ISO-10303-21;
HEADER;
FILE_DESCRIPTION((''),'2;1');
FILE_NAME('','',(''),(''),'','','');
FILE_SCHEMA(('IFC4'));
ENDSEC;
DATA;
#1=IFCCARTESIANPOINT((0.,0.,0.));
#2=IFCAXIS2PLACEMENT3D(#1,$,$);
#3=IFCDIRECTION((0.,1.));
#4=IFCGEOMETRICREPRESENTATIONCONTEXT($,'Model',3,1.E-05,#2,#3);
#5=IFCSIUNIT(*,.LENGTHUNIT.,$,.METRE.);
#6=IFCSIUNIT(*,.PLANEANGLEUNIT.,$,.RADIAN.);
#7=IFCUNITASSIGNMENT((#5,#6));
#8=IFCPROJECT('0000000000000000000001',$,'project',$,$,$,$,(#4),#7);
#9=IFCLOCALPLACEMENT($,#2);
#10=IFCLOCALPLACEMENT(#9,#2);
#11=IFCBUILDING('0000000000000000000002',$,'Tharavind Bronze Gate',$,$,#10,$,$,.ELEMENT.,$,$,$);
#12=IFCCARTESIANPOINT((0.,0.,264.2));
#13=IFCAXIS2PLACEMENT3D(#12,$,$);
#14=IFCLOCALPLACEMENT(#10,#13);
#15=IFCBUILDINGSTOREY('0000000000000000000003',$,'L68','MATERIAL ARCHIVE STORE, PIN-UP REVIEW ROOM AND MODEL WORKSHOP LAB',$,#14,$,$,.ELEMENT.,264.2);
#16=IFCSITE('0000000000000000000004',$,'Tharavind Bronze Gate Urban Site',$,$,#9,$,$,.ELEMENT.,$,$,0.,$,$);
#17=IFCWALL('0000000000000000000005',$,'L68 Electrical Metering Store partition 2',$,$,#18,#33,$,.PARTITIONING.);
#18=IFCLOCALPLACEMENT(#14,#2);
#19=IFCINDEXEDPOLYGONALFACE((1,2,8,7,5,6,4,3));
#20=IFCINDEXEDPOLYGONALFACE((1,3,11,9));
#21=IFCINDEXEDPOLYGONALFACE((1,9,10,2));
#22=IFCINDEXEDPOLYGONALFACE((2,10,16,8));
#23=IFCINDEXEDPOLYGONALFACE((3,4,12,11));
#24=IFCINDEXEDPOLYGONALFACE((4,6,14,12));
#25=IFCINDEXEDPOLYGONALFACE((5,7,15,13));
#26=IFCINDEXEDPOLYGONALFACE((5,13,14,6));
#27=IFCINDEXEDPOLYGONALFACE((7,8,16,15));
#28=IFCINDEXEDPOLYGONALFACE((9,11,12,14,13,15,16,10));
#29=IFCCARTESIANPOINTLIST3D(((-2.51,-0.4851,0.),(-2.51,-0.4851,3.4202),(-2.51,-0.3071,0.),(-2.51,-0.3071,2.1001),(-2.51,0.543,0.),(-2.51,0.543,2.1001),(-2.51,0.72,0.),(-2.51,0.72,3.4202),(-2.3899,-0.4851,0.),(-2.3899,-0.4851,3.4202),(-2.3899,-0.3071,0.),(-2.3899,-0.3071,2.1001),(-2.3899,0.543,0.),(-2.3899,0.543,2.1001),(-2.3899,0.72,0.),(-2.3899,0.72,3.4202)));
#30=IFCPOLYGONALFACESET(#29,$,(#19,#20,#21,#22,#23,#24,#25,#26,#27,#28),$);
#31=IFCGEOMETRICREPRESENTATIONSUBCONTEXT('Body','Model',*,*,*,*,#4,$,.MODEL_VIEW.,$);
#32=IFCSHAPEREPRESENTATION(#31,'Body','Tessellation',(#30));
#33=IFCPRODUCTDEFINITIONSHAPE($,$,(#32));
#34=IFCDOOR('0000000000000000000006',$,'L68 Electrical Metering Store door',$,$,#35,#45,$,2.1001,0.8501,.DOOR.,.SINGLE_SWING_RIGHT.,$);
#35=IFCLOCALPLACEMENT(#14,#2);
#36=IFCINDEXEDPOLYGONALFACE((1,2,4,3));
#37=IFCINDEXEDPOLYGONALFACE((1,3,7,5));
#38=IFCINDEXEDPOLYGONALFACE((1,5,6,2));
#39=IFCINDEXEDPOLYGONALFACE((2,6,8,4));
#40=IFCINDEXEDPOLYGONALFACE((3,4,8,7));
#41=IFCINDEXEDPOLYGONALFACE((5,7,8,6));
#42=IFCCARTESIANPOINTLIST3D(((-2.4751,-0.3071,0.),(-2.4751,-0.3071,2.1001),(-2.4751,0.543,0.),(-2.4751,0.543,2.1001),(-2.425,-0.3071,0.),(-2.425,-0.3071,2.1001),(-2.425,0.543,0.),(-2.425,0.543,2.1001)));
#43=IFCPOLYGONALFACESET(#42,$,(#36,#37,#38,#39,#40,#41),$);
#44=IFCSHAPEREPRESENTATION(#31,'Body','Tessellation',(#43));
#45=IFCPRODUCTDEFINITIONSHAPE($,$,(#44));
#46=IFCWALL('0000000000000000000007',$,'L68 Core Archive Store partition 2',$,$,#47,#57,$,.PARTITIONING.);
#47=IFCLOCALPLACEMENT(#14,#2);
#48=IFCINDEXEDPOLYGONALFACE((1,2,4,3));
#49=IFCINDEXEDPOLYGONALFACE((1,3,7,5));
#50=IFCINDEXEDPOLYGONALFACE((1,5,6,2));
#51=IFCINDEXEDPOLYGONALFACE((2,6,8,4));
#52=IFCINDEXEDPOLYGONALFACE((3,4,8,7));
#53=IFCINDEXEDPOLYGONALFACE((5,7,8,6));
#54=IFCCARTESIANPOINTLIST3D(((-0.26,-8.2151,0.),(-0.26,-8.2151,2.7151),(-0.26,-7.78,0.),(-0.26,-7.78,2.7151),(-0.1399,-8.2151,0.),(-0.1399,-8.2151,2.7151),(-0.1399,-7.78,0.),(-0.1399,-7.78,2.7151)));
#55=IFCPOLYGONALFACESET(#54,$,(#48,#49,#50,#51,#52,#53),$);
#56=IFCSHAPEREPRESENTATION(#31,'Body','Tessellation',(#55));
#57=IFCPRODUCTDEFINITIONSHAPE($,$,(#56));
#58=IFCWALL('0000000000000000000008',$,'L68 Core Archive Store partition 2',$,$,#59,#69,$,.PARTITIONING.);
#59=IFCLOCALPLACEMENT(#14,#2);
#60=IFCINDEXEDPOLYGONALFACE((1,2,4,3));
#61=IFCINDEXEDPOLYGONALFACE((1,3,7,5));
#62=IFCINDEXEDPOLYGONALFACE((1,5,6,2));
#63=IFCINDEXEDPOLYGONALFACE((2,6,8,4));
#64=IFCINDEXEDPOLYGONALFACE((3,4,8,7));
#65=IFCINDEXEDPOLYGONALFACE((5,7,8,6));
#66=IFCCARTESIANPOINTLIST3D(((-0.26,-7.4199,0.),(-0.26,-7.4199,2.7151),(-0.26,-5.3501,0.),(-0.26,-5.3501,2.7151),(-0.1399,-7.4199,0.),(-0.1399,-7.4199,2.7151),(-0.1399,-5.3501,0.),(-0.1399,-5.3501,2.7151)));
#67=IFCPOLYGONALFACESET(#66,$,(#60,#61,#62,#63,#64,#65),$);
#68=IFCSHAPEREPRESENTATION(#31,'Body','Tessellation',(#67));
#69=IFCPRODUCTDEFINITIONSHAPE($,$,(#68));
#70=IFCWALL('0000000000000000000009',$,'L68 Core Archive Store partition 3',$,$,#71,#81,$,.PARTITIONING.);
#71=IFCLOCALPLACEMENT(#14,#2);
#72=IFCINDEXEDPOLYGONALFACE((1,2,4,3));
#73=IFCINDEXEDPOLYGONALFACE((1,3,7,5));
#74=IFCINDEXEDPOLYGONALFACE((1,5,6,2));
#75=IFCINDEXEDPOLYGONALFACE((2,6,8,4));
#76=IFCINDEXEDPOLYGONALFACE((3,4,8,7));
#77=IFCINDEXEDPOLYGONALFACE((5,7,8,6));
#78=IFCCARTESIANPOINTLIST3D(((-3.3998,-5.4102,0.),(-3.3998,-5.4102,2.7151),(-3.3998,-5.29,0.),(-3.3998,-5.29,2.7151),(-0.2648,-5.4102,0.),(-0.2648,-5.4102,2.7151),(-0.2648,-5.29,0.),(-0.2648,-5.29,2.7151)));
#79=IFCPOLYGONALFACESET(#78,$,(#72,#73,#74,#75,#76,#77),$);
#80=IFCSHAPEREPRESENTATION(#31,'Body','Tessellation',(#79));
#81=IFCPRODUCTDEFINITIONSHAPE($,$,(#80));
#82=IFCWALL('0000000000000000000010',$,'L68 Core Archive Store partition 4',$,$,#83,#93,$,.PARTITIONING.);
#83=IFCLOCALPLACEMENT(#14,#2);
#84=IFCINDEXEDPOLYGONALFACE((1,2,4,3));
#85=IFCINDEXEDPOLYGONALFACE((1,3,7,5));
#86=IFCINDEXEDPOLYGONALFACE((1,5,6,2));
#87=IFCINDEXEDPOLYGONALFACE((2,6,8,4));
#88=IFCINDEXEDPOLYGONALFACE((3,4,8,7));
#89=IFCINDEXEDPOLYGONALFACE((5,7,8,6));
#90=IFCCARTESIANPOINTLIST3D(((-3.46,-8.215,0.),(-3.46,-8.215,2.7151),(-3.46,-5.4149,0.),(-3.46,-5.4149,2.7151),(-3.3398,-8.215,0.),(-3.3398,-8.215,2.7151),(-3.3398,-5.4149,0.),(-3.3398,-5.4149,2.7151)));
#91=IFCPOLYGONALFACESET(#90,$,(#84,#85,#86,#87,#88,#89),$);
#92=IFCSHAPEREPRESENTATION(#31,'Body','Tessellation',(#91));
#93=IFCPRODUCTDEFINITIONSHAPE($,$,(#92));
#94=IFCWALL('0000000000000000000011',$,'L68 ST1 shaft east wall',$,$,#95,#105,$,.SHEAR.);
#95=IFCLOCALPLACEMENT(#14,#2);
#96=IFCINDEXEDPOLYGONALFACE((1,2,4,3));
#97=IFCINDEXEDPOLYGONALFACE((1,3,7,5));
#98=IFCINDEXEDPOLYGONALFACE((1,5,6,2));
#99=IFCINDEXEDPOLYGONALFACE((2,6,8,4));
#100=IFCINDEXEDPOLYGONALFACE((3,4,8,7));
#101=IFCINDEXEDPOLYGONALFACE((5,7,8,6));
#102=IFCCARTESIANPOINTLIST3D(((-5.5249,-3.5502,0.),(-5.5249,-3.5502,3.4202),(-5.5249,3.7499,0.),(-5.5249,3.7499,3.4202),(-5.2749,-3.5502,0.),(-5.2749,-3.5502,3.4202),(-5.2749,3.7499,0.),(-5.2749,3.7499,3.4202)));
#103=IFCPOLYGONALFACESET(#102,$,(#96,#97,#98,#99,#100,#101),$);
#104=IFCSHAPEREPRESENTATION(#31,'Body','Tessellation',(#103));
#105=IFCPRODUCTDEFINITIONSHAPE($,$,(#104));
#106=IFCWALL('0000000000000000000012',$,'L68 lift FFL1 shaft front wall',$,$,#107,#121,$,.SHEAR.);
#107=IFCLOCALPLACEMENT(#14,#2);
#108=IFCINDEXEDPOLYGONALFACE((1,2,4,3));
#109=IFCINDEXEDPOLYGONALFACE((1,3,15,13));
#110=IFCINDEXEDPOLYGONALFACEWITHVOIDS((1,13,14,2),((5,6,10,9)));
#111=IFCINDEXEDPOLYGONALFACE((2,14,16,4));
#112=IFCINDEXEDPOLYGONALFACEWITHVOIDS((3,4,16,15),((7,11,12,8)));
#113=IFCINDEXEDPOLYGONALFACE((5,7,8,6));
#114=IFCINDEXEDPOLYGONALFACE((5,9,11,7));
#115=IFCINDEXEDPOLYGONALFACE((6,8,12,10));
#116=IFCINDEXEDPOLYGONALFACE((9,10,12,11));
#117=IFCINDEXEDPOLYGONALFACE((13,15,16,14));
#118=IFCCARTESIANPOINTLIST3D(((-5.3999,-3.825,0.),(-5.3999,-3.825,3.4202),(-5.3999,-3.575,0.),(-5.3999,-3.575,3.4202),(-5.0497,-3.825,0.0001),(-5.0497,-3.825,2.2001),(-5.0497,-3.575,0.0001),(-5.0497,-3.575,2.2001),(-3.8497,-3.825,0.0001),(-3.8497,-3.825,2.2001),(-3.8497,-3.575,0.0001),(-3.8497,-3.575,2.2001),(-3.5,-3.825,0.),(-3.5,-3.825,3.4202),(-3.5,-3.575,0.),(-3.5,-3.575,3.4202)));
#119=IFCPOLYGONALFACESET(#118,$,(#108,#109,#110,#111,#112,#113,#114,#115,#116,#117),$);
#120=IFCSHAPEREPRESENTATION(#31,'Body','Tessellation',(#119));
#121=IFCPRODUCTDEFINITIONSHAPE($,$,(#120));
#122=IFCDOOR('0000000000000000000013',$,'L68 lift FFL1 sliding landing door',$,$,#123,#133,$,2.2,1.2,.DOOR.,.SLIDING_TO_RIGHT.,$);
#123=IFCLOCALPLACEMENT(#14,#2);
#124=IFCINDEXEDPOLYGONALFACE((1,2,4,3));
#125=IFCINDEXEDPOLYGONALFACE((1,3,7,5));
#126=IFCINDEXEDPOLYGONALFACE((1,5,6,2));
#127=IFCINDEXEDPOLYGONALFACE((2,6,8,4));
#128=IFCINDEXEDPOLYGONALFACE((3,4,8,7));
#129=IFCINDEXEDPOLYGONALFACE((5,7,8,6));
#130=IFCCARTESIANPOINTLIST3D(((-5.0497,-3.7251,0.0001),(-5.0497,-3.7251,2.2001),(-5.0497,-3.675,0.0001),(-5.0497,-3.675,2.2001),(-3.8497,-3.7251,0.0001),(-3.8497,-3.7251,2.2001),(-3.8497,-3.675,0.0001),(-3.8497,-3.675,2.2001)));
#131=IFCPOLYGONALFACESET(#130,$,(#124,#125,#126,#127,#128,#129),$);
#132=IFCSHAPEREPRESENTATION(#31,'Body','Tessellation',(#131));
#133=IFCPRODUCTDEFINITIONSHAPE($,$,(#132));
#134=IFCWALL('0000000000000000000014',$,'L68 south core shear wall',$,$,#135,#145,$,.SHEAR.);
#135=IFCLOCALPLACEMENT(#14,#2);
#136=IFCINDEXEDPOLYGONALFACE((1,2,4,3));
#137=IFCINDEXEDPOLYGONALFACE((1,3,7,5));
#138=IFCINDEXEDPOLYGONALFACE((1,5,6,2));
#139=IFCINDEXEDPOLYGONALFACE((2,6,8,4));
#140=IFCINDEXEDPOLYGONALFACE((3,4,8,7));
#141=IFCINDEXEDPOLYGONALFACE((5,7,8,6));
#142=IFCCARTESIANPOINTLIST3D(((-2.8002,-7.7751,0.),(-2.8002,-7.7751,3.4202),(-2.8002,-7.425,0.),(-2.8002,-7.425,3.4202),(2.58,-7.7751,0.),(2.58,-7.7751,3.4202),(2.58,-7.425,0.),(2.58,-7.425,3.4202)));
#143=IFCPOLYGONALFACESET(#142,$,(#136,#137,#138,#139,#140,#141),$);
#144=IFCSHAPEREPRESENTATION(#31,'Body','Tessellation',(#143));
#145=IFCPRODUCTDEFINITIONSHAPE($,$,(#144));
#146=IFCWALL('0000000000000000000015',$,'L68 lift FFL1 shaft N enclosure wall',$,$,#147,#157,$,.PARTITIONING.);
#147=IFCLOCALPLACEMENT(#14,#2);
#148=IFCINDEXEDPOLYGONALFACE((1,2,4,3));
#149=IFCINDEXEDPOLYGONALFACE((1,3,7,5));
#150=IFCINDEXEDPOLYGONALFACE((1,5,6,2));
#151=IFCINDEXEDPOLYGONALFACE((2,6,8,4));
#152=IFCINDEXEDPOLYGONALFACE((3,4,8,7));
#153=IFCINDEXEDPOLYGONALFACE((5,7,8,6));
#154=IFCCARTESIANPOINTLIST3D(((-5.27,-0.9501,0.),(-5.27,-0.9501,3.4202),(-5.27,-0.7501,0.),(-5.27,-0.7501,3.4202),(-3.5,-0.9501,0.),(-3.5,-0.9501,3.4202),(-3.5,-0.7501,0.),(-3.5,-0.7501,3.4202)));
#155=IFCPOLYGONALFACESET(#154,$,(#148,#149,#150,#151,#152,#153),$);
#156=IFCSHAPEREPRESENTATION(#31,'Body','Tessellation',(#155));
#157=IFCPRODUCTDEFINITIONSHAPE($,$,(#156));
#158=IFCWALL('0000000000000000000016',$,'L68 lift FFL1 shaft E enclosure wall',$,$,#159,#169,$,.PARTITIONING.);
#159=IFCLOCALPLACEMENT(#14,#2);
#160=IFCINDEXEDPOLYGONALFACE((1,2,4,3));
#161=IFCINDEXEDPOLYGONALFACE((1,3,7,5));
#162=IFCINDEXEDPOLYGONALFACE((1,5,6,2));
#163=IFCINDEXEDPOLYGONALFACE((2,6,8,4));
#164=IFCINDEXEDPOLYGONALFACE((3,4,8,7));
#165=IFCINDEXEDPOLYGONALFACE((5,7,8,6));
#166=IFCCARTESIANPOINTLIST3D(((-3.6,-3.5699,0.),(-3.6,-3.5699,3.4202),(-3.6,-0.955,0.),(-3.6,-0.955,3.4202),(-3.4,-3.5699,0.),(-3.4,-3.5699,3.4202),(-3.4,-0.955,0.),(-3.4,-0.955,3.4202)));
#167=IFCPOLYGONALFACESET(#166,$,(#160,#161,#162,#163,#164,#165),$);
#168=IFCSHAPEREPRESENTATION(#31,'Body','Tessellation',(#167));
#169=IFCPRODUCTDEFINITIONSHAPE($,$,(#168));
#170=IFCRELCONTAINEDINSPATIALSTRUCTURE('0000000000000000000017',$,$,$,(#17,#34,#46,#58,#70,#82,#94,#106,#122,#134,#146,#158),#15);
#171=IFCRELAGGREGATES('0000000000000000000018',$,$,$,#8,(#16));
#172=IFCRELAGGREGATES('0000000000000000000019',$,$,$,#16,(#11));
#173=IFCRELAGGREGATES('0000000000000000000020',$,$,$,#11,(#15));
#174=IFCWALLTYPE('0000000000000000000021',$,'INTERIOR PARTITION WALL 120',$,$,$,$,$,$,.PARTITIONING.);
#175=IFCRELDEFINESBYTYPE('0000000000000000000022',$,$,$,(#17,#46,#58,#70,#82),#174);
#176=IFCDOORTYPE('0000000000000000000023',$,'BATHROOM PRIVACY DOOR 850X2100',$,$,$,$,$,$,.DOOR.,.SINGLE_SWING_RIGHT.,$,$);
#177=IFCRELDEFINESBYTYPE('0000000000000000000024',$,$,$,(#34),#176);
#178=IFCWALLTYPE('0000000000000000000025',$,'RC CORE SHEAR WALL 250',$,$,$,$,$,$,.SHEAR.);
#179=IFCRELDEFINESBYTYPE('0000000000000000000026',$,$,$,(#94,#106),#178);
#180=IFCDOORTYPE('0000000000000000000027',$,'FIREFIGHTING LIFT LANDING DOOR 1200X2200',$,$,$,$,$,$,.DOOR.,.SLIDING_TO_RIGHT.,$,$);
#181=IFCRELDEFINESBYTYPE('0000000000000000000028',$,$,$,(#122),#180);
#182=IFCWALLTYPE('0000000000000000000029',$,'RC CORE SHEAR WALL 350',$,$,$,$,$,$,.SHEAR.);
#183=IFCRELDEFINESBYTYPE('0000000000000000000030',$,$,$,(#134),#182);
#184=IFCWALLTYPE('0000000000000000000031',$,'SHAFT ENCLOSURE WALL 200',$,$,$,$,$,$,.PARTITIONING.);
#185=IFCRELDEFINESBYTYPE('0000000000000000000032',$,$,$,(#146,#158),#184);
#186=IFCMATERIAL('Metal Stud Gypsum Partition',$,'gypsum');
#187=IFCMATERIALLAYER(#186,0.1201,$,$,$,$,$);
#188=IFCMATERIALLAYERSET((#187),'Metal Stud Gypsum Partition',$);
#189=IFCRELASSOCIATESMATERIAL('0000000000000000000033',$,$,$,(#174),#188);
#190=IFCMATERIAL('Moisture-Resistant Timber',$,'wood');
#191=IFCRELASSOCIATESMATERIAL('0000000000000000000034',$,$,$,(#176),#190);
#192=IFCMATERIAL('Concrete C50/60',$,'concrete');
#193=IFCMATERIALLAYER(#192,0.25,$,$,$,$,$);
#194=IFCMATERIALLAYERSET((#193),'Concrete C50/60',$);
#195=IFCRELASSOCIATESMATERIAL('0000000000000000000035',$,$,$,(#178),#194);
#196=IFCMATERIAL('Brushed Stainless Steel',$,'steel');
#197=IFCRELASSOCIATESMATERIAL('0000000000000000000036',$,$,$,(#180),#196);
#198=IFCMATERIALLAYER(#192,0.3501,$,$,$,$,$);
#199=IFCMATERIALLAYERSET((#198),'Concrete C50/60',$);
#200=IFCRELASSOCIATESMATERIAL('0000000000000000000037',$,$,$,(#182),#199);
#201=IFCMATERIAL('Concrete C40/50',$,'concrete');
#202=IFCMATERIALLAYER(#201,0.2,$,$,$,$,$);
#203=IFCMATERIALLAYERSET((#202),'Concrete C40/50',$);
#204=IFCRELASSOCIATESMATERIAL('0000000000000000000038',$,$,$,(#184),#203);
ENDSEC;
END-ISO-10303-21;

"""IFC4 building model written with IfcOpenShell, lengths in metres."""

from ifc_helpers import new_model, si_unit, direction, frame, frame_2d, origin, place, context, subcontext, project, spatial, rectangle, extrude, material, layer, layer_set, type_object, element, fill, save


model = new_model("IFC4")

# Units and contexts
model_context = context("Model", 3, precision=1e-05, world=origin(), true_north=direction((0.0, 1.0)))
body_context = subcontext(model_context, "Body", "Model", "MODEL_VIEW")
ifc_project = project(units=[si_unit("LENGTHUNIT", "METRE"), si_unit("PLANEANGLEUNIT", "RADIAN")], contexts=[model_context])

# Site, building, storey
site_placement = place(None, origin())
site = spatial("IfcSite", under=ifc_project, at=site_placement, Name="Tharavind Bronze Gate Urban Site", CompositionType="ELEMENT", RefElevation=0.0)
building_placement = place(site_placement, origin())
building = spatial("IfcBuilding", under=site, at=building_placement, Name="Tharavind Bronze Gate", CompositionType="ELEMENT")
storey_placement = place(building_placement, frame((0.0, 0.0, 264.2)))
storey = spatial("IfcBuildingStorey", under=building, at=storey_placement, Name="L68", Description="MATERIAL ARCHIVE STORE, PIN-UP REVIEW ROOM AND MODEL WORKSHOP LAB", CompositionType="ELEMENT", Elevation=264.2)

# Shared definitions
ifc_material_1 = material(Name="Concrete C50/60", Category="concrete")

# Shared definitions
ifc_material_2 = material(Name="Concrete C40/50", Category="concrete")

# Shared definitions
ifc_material_3 = material(Name="Metal Stud Gypsum Partition", Category="gypsum")
ifc_layer_1 = layer(ifc_material_3, 0.1201)
ifc_layer_set_1 = layer_set([ifc_layer_1], Name="Metal Stud Gypsum Partition")
wall_type_1 = type_object("IfcWallType", Name="INTERIOR PARTITION WALL 120", PredefinedType="PARTITIONING", material=ifc_layer_set_1)

# Wall, opening, door
wall_1_placement = place(storey_placement, frame((-2.45, -0.4851, 0.0), z_axis=(0.0, 0.0, 1.0), x_axis=(0.0, 1.0, 0.0)))
wall_1 = element("IfcWall", 1, at=wall_1_placement, inside=storey, type_object=wall_type_1, Name="L68 Electrical Metering Store partition 2", PredefinedType="PARTITIONING", context=body_context, shape_type="SweptSolid", body=[
    extrude(rectangle(XDim=1.2051, YDim=0.1201, at=frame_2d((0.6025, 0.0))), origin(), (0.0, 0.0, 1.0), 3.4202),
])
opening_1_placement = place(wall_1_placement, frame((0.178, 0.0, 0.0)))
opening_1 = element("IfcOpeningElement", 2, at=opening_1_placement, cuts=wall_1, PredefinedType="OPENING", context=body_context, shape_type="SweptSolid", body=[
    extrude(rectangle(XDim=0.8501, YDim=2.1001, at=frame_2d((0.425, 1.05))), frame((0.0, 0.0701, 0.0), z_axis=(0.0, -1.0, 0.0), x_axis=(1.0, 0.0, 0.0)), (0.0, 0.0, 1.0), 0.1401),
])
ifc_material_4 = material(Name="Moisture-Resistant Timber", Category="wood")
door_type_1 = type_object("IfcDoorType", Name="BATHROOM PRIVACY DOOR 850X2100", OperationType="SINGLE_SWING_RIGHT", PredefinedType="DOOR", material=ifc_material_4)
door_1_placement = place(opening_1_placement, frame((0.8501, 0.0, 0.0), z_axis=(0.0, 0.0, 1.0), x_axis=(-1.0, 0.0, 0.0)))
door_1 = element("IfcDoor", 3, at=door_1_placement, inside=storey, type_object=door_type_1, Name="L68 Electrical Metering Store door", OperationType="SINGLE_SWING_RIGHT", OverallHeight=2.1001, OverallWidth=0.8501, PredefinedType="DOOR", context=body_context, shape_type="SweptSolid", body=[
    extrude(rectangle(XDim=0.8501, YDim=2.1001, at=frame_2d((0.425, 1.05))), frame((0.0, 0.0249, 0.0), z_axis=(0.0, -1.0, 0.0), x_axis=(1.0, 0.0, 0.0)), (0.0, 0.0, 1.0), 0.05),
])
fill(opening_1, door_1)

# Walls
wall_2_placement = place(storey_placement, frame((-0.2, -8.2151, 0.0), z_axis=(0.0, 0.0, 1.0), x_axis=(0.0, 1.0, 0.0)))
element("IfcWall", 4, at=wall_2_placement, inside=storey, type_object=wall_type_1, Name="L68 Core Archive Store partition 2", PredefinedType="PARTITIONING", context=body_context, shape_type="SweptSolid", body=[
    extrude(rectangle(XDim=0.4351, YDim=0.1201, at=frame_2d((0.2175, 0.0))), origin(), (0.0, 0.0, 1.0), 2.7151),
])
wall_3_placement = place(storey_placement, frame((-0.2, -7.4199, 0.0), z_axis=(0.0, 0.0, 1.0), x_axis=(0.0, 1.0, 0.0)))
element("IfcWall", 5, at=wall_3_placement, inside=storey, type_object=wall_type_1, Name="L68 Core Archive Store partition 2", PredefinedType="PARTITIONING", context=body_context, shape_type="SweptSolid", body=[
    extrude(rectangle(XDim=2.0698, YDim=0.1201, at=frame_2d((1.0349, 0.0))), origin(), (0.0, 0.0, 1.0), 2.7151),
])
wall_4_placement = place(storey_placement, frame((-0.2649, -5.3501, 0.0), z_axis=(0.0, 0.0, 1.0), x_axis=(-1.0, 0.0, 0.0)))
element("IfcWall", 6, at=wall_4_placement, inside=storey, type_object=wall_type_1, Name="L68 Core Archive Store partition 3", PredefinedType="PARTITIONING", context=body_context, shape_type="SweptSolid", body=[
    extrude(rectangle(XDim=3.135, YDim=0.1201, at=frame_2d((1.5674, 0.0))), origin(), (0.0, 0.0, 1.0), 2.7151),
])
wall_5_placement = place(storey_placement, frame((-3.3999, -5.415, 0.0), z_axis=(0.0, 0.0, 1.0), x_axis=(0.0, -1.0, 0.0)))
element("IfcWall", 7, at=wall_5_placement, inside=storey, type_object=wall_type_1, Name="L68 Core Archive Store partition 4", PredefinedType="PARTITIONING", context=body_context, shape_type="SweptSolid", body=[
    extrude(rectangle(XDim=2.8, YDim=0.1201, at=frame_2d((1.3999, 0.0))), origin(), (0.0, 0.0, 1.0), 2.7151),
])
ifc_layer_2 = layer(ifc_material_1, 0.25)
ifc_layer_set_2 = layer_set([ifc_layer_2], Name="Concrete C50/60")
wall_type_2 = type_object("IfcWallType", Name="RC CORE SHEAR WALL 250", PredefinedType="SHEAR", material=ifc_layer_set_2)
wall_6_placement = place(storey_placement, frame((-5.3999, -3.55, 0.0), z_axis=(0.0, 0.0, 1.0), x_axis=(0.0, 1.0, 0.0)))
element("IfcWall", 8, at=wall_6_placement, inside=storey, type_object=wall_type_2, Name="L68 ST1 shaft east wall", PredefinedType="SHEAR", context=body_context, shape_type="SweptSolid", body=[
    extrude(rectangle(XDim=7.3, YDim=0.25, at=frame_2d((3.6499, 0.0))), origin(), (0.0, 0.0, 1.0), 3.4202),
])

# Wall, opening, door
wall_7_placement = place(storey_placement, frame((-5.3999, -3.7, 0.0), z_axis=(0.0, 0.0, 1.0), x_axis=(1.0, 0.0, 0.0)))
wall_7 = element("IfcWall", 9, at=wall_7_placement, inside=storey, type_object=wall_type_2, Name="L68 lift FFL1 shaft front wall", PredefinedType="SHEAR", context=body_context, shape_type="SweptSolid", body=[
    extrude(rectangle(XDim=1.8999, YDim=0.25, at=frame_2d((0.95, 0.0))), origin(), (0.0, 0.0, 1.0), 3.4202),
])
opening_2_placement = place(wall_7_placement, frame((0.3501, 0.0, 0.0)))
opening_2 = element("IfcOpeningElement", 10, at=opening_2_placement, cuts=wall_7, PredefinedType="OPENING", context=body_context, shape_type="SweptSolid", body=[
    extrude(rectangle(XDim=1.2, YDim=2.2, at=frame_2d((0.6001, 1.1001))), frame((0.0, 0.135, 0.0), z_axis=(0.0, -1.0, 0.0), x_axis=(1.0, 0.0, 0.0)), (0.0, 0.0, 1.0), 0.27),
])
ifc_material_5 = material(Name="Brushed Stainless Steel", Category="steel")
door_type_2 = type_object("IfcDoorType", Name="FIREFIGHTING LIFT LANDING DOOR 1200X2200", OperationType="SLIDING_TO_RIGHT", PredefinedType="DOOR", material=ifc_material_5)
door_2_placement = place(opening_2_placement, origin())
door_2 = element("IfcDoor", 11, at=door_2_placement, inside=storey, type_object=door_type_2, Name="L68 lift FFL1 sliding landing door", OperationType="SLIDING_TO_RIGHT", OverallHeight=2.2, OverallWidth=1.2, PredefinedType="DOOR", context=body_context, shape_type="SweptSolid", body=[
    extrude(rectangle(XDim=1.2, YDim=2.2, at=frame_2d((0.6001, 1.1001))), frame((0.0, 0.0249, 0.0), z_axis=(0.0, -1.0, 0.0), x_axis=(1.0, 0.0, 0.0)), (0.0, 0.0, 1.0), 0.05),
])
fill(opening_2, door_2)

# Walls
ifc_layer_3 = layer(ifc_material_1, 0.3501)
ifc_layer_set_3 = layer_set([ifc_layer_3], Name="Concrete C50/60")
wall_type_3 = type_object("IfcWallType", Name="RC CORE SHEAR WALL 350", PredefinedType="SHEAR", material=ifc_layer_set_3)
wall_8_placement = place(storey_placement, frame((-2.8, -7.6001, 0.0), z_axis=(0.0, 0.0, 1.0), x_axis=(1.0, 0.0, 0.0)))
element("IfcWall", 12, at=wall_8_placement, inside=storey, type_object=wall_type_3, Name="L68 south core shear wall", PredefinedType="SHEAR", context=body_context, shape_type="SweptSolid", body=[
    extrude(rectangle(XDim=5.3801, YDim=0.3501, at=frame_2d((2.6899, 0.0))), origin(), (0.0, 0.0, 1.0), 3.4202),
])
ifc_layer_4 = layer(ifc_material_2, 0.2)
ifc_layer_set_4 = layer_set([ifc_layer_4], Name="Concrete C40/50")
wall_type_4 = type_object("IfcWallType", Name="SHAFT ENCLOSURE WALL 200", PredefinedType="PARTITIONING", material=ifc_layer_set_4)
wall_9_placement = place(storey_placement, frame((-5.27, -0.8501, 0.0), z_axis=(0.0, 0.0, 1.0), x_axis=(1.0, 0.0, 0.0)))
element("IfcWall", 13, at=wall_9_placement, inside=storey, type_object=wall_type_4, Name="L68 lift FFL1 shaft N enclosure wall", PredefinedType="PARTITIONING", context=body_context, shape_type="SweptSolid", body=[
    extrude(rectangle(XDim=1.77, YDim=0.2, at=frame_2d((0.885, 0.0))), origin(), (0.0, 0.0, 1.0), 3.4202),
])
wall_10_placement = place(storey_placement, frame((-3.5, -3.5701, 0.0), z_axis=(0.0, 0.0, 1.0), x_axis=(0.0, 1.0, 0.0)))
element("IfcWall", 14, at=wall_10_placement, inside=storey, type_object=wall_type_4, Name="L68 lift FFL1 shaft E enclosure wall", PredefinedType="PARTITIONING", context=body_context, shape_type="SweptSolid", body=[
    extrude(rectangle(XDim=2.615, YDim=0.2, at=frame_2d((1.3076, 0.0))), origin(), (0.0, 0.0, 1.0), 3.4202),
])

save(model, "model.ifc")
